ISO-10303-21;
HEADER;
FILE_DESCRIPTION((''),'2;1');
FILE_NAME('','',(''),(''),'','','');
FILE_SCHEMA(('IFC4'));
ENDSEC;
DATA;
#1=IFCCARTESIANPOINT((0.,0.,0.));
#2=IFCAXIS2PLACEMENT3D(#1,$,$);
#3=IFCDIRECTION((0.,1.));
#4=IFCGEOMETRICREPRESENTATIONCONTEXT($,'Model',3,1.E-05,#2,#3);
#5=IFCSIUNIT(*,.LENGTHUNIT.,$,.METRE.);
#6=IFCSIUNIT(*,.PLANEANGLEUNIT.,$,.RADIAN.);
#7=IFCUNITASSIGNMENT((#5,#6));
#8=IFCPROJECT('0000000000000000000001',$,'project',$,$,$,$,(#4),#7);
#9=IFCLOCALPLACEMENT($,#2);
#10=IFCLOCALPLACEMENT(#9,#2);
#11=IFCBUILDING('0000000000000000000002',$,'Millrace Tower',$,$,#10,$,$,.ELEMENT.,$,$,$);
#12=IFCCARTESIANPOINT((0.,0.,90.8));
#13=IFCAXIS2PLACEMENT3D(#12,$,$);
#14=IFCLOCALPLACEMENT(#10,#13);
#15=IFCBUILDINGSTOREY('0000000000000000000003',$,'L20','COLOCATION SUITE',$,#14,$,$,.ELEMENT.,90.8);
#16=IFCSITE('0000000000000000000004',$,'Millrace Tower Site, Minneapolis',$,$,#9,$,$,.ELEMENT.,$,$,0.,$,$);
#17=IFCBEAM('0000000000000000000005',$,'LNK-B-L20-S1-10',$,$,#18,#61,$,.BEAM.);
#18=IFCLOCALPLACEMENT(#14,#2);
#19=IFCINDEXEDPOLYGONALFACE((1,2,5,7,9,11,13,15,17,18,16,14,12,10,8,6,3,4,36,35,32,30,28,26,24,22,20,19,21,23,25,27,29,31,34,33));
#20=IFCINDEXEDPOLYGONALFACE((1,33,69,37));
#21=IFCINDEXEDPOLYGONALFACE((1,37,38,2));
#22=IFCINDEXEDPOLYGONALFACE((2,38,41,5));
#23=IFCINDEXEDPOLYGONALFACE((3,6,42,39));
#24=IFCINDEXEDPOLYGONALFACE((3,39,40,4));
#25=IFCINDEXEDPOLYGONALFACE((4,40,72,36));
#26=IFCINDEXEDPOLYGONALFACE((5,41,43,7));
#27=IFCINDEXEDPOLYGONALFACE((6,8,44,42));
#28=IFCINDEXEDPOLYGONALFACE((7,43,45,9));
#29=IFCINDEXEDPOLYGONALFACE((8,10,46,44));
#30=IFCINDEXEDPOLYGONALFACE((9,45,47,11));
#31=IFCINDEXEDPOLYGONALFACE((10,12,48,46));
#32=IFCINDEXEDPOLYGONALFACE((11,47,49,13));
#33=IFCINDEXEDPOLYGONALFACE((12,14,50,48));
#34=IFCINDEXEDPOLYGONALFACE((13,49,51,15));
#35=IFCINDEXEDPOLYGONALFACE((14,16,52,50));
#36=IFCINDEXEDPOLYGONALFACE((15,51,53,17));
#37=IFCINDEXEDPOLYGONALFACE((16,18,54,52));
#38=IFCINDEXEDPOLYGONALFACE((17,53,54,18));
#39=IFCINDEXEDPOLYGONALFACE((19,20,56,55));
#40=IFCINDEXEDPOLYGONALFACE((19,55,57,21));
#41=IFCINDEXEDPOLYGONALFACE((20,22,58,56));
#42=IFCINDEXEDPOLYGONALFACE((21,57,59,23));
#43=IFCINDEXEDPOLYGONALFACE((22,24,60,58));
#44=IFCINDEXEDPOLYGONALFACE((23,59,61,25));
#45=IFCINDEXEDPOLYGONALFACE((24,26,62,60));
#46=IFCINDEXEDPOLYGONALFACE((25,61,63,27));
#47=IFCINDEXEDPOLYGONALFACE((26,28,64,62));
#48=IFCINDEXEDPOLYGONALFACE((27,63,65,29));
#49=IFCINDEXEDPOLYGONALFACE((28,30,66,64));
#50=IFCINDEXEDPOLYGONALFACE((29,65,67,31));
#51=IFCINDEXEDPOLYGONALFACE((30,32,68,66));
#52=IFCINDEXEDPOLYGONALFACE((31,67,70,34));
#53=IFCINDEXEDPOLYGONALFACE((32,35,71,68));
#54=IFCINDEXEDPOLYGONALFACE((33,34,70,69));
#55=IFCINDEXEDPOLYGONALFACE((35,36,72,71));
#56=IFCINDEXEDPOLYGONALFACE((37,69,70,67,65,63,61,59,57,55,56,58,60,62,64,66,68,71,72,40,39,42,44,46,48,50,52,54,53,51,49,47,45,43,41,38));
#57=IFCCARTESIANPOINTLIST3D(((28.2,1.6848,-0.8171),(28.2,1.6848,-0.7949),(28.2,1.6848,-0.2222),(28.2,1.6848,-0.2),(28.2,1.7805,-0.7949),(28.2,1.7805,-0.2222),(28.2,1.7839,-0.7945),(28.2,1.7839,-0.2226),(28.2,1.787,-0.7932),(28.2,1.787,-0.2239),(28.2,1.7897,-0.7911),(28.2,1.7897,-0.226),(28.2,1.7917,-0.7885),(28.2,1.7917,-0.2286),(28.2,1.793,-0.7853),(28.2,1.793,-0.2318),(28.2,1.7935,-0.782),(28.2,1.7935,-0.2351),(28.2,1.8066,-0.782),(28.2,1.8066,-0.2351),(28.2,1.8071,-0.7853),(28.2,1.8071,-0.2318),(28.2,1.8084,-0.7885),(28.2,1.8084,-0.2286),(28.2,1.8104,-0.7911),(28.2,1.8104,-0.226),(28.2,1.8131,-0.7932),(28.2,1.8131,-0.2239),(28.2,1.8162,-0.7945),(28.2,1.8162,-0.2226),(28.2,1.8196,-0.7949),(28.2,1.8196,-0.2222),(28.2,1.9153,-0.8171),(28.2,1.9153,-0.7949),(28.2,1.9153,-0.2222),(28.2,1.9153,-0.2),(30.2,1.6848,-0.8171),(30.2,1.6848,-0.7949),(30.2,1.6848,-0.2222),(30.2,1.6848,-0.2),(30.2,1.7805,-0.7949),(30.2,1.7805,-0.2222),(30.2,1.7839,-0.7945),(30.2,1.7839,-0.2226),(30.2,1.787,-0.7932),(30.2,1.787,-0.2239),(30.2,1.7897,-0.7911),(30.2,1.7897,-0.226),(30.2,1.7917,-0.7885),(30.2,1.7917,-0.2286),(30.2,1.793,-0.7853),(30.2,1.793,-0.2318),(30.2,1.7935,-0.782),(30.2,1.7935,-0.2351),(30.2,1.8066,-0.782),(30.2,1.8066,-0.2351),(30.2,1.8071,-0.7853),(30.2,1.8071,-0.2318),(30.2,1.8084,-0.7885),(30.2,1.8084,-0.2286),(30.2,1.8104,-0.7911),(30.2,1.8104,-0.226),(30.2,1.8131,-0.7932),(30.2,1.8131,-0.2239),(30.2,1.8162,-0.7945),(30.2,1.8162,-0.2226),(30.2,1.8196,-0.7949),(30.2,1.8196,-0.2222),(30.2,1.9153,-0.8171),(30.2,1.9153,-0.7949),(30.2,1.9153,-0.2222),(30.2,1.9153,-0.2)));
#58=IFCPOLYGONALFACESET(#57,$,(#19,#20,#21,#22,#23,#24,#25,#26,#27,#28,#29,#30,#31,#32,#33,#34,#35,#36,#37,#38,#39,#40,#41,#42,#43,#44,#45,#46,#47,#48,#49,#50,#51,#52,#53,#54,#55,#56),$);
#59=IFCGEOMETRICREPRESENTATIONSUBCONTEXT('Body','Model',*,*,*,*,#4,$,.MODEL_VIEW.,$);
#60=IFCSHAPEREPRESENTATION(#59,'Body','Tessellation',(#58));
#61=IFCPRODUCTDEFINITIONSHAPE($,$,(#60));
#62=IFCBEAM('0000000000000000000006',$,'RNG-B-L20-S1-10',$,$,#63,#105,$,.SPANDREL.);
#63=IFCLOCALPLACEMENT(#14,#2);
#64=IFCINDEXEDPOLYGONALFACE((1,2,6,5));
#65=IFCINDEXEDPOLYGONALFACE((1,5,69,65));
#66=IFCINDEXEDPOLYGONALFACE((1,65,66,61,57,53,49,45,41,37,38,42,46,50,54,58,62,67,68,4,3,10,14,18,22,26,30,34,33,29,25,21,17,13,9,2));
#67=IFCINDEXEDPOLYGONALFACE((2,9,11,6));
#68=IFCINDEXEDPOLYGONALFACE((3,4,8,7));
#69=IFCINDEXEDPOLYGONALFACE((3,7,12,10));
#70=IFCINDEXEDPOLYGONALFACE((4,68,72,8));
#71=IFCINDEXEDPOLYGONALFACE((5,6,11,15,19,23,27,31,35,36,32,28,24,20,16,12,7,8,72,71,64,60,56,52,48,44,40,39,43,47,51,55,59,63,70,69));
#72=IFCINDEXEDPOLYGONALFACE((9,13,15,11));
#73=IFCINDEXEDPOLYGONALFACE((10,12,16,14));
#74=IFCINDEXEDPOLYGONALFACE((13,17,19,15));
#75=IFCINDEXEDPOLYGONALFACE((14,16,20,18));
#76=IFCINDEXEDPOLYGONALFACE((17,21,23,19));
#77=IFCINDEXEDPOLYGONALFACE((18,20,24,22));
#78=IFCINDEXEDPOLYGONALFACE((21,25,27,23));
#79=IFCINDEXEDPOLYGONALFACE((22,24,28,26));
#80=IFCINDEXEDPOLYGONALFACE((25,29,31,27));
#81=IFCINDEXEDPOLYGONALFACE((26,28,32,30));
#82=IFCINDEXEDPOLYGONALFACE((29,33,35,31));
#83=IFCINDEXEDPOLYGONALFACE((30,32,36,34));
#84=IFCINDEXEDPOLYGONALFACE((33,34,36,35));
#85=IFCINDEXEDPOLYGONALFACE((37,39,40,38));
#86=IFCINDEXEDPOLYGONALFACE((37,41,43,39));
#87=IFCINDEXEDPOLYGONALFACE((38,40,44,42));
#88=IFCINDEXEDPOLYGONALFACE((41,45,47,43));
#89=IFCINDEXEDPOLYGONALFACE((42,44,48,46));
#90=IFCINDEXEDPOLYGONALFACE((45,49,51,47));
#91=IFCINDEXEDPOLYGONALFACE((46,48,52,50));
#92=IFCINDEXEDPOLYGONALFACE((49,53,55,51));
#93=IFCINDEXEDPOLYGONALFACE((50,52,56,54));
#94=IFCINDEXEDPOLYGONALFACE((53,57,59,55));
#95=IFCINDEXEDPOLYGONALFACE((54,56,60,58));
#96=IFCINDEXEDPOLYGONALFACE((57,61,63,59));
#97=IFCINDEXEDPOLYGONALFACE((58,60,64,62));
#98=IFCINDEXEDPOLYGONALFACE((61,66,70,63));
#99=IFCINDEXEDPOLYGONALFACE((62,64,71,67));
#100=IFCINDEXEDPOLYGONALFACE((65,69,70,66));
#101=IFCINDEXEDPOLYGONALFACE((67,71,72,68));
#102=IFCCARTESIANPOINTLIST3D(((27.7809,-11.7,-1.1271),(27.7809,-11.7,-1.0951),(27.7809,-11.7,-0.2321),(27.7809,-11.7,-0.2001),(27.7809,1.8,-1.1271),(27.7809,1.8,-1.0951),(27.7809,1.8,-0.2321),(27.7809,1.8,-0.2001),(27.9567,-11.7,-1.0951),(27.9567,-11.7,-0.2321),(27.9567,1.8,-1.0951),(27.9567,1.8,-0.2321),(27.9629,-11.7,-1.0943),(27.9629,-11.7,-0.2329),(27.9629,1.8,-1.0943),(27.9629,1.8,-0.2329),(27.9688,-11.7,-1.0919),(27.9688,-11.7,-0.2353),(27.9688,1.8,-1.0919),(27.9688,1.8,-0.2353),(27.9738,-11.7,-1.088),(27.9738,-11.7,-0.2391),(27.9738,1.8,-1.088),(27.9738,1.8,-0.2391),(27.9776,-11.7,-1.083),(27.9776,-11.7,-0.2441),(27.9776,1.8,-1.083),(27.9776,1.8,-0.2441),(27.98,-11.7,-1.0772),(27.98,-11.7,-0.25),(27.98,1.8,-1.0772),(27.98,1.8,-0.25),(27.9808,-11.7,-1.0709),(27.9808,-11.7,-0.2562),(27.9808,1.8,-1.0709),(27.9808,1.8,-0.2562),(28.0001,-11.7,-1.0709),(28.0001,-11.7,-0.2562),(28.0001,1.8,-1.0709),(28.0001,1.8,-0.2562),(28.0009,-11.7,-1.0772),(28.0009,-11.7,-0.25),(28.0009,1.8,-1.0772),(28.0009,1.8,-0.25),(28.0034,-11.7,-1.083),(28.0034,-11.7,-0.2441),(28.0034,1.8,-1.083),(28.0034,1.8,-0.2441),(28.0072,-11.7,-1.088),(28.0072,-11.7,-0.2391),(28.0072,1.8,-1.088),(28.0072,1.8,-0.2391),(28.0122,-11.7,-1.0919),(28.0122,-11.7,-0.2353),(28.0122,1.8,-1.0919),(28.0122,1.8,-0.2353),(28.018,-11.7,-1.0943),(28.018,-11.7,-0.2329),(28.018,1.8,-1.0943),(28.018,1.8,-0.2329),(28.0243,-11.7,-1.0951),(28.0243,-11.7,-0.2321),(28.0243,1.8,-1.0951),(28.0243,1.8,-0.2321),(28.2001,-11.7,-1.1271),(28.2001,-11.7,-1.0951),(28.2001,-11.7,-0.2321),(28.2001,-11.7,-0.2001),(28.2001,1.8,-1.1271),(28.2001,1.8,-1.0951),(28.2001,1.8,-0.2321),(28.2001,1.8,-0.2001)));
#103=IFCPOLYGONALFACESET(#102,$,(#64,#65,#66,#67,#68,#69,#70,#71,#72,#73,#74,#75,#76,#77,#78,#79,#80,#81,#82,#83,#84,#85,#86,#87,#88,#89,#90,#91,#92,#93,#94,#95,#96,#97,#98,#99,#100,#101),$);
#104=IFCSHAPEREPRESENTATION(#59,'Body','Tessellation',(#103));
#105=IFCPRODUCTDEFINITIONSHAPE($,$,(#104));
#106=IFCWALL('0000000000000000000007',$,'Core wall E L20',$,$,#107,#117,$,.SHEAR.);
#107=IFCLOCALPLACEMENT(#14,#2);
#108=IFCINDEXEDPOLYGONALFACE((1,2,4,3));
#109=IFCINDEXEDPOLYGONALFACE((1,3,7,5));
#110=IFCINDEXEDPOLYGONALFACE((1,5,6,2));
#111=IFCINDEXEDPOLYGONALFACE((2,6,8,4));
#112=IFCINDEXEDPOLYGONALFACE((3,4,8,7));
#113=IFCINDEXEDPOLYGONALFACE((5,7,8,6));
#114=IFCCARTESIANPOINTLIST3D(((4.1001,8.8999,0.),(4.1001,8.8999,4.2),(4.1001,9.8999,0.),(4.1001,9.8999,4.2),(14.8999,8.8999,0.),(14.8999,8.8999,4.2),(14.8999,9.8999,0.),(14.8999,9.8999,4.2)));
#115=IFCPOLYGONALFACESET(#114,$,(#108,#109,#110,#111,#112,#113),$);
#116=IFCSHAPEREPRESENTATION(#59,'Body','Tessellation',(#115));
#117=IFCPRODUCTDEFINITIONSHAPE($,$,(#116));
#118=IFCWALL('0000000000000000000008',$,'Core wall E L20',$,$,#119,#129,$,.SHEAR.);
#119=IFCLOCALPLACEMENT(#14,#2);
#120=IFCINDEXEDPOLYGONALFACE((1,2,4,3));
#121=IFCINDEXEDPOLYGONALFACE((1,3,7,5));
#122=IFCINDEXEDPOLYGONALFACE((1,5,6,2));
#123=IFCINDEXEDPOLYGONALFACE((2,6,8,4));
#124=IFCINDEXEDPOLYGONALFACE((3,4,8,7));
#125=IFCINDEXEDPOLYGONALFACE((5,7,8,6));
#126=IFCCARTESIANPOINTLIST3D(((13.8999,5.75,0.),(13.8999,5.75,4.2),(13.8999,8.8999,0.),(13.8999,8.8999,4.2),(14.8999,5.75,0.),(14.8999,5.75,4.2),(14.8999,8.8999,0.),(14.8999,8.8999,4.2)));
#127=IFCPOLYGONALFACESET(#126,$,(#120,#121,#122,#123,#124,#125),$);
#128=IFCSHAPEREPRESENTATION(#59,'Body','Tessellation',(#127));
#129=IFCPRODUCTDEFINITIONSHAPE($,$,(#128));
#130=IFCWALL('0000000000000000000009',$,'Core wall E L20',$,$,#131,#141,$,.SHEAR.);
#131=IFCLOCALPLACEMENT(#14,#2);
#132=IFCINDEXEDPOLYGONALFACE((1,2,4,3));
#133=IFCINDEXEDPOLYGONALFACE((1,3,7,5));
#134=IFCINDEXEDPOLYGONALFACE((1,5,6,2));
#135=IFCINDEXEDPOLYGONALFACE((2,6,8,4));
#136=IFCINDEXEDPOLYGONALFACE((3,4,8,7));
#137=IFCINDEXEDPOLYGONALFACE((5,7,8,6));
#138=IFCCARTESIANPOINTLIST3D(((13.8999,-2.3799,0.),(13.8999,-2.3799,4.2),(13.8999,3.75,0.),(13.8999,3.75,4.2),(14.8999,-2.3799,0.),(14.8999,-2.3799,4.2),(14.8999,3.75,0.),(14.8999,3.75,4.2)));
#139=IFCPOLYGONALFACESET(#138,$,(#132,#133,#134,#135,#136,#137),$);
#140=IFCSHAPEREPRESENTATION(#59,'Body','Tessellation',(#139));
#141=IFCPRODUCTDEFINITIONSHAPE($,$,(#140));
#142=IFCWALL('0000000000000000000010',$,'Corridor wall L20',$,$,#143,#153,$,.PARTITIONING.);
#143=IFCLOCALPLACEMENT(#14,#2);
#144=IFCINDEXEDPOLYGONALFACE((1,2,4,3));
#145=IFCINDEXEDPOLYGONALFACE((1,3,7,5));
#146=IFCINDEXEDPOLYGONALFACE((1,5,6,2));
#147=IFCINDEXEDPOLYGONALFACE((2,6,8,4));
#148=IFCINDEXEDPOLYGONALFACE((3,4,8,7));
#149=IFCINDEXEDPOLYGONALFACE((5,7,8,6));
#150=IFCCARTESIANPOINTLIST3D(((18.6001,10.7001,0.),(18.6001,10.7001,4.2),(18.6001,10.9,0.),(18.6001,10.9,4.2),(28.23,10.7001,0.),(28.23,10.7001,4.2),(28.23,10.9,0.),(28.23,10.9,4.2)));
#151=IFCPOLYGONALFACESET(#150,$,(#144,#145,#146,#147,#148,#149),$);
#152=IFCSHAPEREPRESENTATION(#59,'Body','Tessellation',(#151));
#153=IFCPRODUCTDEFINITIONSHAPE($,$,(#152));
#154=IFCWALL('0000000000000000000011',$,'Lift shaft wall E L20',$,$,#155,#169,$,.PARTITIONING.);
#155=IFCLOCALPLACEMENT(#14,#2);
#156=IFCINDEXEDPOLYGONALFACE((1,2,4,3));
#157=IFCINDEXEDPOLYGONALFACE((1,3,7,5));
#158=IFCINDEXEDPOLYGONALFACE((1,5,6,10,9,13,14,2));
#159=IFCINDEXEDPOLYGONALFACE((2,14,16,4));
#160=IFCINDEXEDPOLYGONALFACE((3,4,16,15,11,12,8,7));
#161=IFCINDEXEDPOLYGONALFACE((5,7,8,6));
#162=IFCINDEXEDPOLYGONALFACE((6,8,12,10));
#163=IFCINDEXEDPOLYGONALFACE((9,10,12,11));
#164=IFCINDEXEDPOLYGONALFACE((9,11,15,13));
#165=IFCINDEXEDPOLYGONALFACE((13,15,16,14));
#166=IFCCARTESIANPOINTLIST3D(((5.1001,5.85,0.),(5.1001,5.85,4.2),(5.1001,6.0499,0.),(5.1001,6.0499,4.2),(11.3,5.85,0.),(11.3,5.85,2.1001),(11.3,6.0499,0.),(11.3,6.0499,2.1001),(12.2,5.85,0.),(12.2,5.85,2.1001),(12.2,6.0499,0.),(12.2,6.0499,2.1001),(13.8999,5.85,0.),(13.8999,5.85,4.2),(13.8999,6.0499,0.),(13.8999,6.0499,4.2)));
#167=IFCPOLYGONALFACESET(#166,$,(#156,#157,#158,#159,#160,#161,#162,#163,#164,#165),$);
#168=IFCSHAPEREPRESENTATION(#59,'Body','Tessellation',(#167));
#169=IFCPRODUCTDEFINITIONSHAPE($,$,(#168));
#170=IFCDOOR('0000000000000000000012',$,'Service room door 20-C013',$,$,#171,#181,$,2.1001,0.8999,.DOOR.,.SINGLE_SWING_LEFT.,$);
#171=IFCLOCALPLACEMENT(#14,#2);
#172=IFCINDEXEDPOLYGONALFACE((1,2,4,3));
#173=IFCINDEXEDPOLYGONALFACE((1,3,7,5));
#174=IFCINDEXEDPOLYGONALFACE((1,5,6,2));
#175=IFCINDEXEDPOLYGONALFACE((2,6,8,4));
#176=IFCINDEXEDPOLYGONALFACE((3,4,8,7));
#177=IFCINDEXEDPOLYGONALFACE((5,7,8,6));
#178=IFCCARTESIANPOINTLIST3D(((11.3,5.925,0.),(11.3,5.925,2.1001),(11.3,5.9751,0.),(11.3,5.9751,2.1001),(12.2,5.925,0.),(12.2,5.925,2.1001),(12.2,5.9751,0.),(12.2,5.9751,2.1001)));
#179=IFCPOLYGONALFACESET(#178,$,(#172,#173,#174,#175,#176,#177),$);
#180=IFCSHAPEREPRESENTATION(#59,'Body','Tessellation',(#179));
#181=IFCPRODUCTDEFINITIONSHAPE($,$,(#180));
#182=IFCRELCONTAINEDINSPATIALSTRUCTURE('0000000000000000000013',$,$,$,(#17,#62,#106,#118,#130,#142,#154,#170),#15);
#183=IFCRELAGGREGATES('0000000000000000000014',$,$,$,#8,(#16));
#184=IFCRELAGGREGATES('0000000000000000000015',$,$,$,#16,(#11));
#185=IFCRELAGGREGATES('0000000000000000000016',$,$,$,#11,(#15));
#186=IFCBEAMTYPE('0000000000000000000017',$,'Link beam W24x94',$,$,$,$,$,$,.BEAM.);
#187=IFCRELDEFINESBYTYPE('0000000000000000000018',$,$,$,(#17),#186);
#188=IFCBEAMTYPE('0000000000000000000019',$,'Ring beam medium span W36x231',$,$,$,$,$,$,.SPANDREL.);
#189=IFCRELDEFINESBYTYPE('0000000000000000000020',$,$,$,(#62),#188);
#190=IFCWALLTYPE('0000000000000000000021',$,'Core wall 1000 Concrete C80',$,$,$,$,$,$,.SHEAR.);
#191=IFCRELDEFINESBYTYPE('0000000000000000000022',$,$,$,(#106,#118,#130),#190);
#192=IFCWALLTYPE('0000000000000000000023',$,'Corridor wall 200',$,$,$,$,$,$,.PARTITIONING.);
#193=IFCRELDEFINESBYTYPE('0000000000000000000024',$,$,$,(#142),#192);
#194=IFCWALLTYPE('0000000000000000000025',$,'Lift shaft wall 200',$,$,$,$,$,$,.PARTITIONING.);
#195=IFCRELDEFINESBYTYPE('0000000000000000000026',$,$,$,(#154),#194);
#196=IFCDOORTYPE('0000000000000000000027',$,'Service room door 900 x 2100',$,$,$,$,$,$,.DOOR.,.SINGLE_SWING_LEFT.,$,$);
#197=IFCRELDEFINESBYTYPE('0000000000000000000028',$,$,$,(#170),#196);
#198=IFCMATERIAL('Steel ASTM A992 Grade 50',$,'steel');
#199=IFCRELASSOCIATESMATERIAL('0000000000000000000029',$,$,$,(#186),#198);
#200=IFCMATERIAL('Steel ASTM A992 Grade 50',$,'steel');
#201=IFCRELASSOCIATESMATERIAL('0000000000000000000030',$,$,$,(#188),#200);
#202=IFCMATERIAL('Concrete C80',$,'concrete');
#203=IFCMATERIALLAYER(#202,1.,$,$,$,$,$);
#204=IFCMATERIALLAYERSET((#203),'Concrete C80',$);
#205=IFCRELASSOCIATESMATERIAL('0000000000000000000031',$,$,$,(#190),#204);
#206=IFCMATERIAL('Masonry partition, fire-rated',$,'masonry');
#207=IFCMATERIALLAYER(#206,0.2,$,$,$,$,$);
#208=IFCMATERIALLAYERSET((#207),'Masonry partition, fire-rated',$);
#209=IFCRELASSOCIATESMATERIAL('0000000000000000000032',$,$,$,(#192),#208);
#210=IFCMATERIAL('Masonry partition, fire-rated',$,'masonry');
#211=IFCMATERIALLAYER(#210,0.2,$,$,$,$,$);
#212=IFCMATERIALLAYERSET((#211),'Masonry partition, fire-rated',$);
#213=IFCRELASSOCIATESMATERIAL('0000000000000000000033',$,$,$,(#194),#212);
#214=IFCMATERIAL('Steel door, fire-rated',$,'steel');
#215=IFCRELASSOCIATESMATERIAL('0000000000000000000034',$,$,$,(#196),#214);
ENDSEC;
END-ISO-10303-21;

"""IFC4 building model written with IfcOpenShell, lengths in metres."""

from ifc_helpers import new_model, si_unit, direction, frame, frame_2d, origin, origin_2d, place, context, subcontext, project, spatial, rectangle, i_section, extrude, material, layer, layer_set, material_profile, profile_set, type_object, element, fill, save


model = new_model("IFC4")

# Units and contexts
model_context = context("Model", 3, precision=1e-05, world=origin(), true_north=direction((0.0, 1.0)))
body_context = subcontext(model_context, "Body", "Model", "MODEL_VIEW")
ifc_project = project(units=[si_unit("LENGTHUNIT", "METRE"), si_unit("PLANEANGLEUNIT", "RADIAN")], contexts=[model_context])

# Site, building, storey
site_placement = place(None, origin())
site = spatial("IfcSite", under=ifc_project, at=site_placement, Name="Millrace Tower Site, Minneapolis", CompositionType="ELEMENT", RefElevation=0.0)
building_placement = place(site_placement, origin())
building = spatial("IfcBuilding", under=site, at=building_placement, Name="Millrace Tower", CompositionType="ELEMENT")
storey_placement = place(building_placement, frame((0.0, 0.0, 90.8)))
storey = spatial("IfcBuildingStorey", under=building, at=storey_placement, Name="L20", Description="COLOCATION SUITE", CompositionType="ELEMENT", Elevation=90.8)

# Beams
ifc_material_1 = material(Name="Steel ASTM A992 Grade 50", Category="steel")
ifc_material_profile_1 = material_profile(ifc_material_1, i_section(OverallWidth=0.2305, OverallDepth=0.6172, WebThickness=0.0132, FlangeThickness=0.0222, FilletRadius=0.0129, at=origin_2d()))
ifc_profile_set_1 = profile_set([ifc_material_profile_1], Name="Steel ASTM A992 Grade 50")
beam_type_1 = type_object("IfcBeamType", Name="Link beam W24x94", PredefinedType="BEAM", material=ifc_profile_set_1)
beam_1_placement = place(storey_placement, frame((28.2, 1.8, -0.5085), z_axis=(1.0, 0.0, 0.0), x_axis=(0.0, 1.0, 0.0)))
element("IfcBeam", 1, at=beam_1_placement, inside=storey, type_object=beam_type_1, Name="LNK-B-L20-S1-10", PredefinedType="BEAM", context=body_context, shape_type="SweptSolid", body=[
    extrude(i_section(OverallWidth=0.2305, OverallDepth=0.6172, WebThickness=0.0132, FlangeThickness=0.0222, FilletRadius=0.0129, at=origin_2d()), origin(), (0.0, 0.0, 1.0), 2.0),
])
ifc_material_2 = material(Name="Steel ASTM A992 Grade 50", Category="steel")
ifc_material_profile_2 = material_profile(ifc_material_2, i_section(OverallWidth=0.4192, OverallDepth=0.927, WebThickness=0.0193, FlangeThickness=0.032, FilletRadius=0.0242, at=origin_2d()))
ifc_profile_set_2 = profile_set([ifc_material_profile_2], Name="Steel ASTM A992 Grade 50")
beam_type_2 = type_object("IfcBeamType", Name="Ring beam medium span W36x231", PredefinedType="SPANDREL", material=ifc_profile_set_2)
beam_2_placement = place(storey_placement, frame((27.9905, 1.8, -0.6636), z_axis=(0.0, -1.0, 0.0), x_axis=(1.0, 0.0, 0.0)))
element("IfcBeam", 2, at=beam_2_placement, inside=storey, type_object=beam_type_2, Name="RNG-B-L20-S1-10", PredefinedType="SPANDREL", context=body_context, shape_type="SweptSolid", body=[
    extrude(i_section(OverallWidth=0.4192, OverallDepth=0.927, WebThickness=0.0193, FlangeThickness=0.032, FilletRadius=0.0242, at=origin_2d()), origin(), (0.0, 0.0, 1.0), 13.5),
])

# Walls
ifc_material_3 = material(Name="Concrete C80", Category="concrete")
ifc_layer_1 = layer(ifc_material_3, 1.0)
ifc_layer_set_1 = layer_set([ifc_layer_1], Name="Concrete C80")
wall_type_1 = type_object("IfcWallType", Name="Core wall 1000 Concrete C80", PredefinedType="SHEAR", material=ifc_layer_set_1)
wall_1_placement = place(storey_placement, frame((14.8999, 9.3999, 0.0), z_axis=(0.0, 0.0, 1.0), x_axis=(-1.0, 0.0, 0.0)))
element("IfcWall", 3, at=wall_1_placement, inside=storey, type_object=wall_type_1, Name="Core wall E L20", PredefinedType="SHEAR", context=body_context, shape_type="SweptSolid", body=[
    extrude(rectangle(XDim=10.7998, YDim=1.0, at=frame_2d((5.3999, 0.0))), origin(), (0.0, 0.0, 1.0), 4.2),
])
wall_2_placement = place(storey_placement, frame((14.3999, 8.8999, 0.0), z_axis=(0.0, 0.0, 1.0), x_axis=(0.0, -1.0, 0.0)))
element("IfcWall", 4, at=wall_2_placement, inside=storey, type_object=wall_type_1, Name="Core wall E L20", PredefinedType="SHEAR", context=body_context, shape_type="SweptSolid", body=[
    extrude(rectangle(XDim=3.1499, YDim=1.0, at=frame_2d((1.575, 0.0))), origin(), (0.0, 0.0, 1.0), 4.2),
])
wall_3_placement = place(storey_placement, frame((14.3999, 3.75, 0.0), z_axis=(0.0, 0.0, 1.0), x_axis=(0.0, -1.0, 0.0)))
element("IfcWall", 5, at=wall_3_placement, inside=storey, type_object=wall_type_1, Name="Core wall E L20", PredefinedType="SHEAR", context=body_context, shape_type="SweptSolid", body=[
    extrude(rectangle(XDim=6.1299, YDim=1.0, at=frame_2d((3.0649, 0.0))), origin(), (0.0, 0.0, 1.0), 4.2),
])
ifc_material_4 = material(Name="Masonry partition, fire-rated", Category="masonry")
ifc_layer_2 = layer(ifc_material_4, 0.2)
ifc_layer_set_2 = layer_set([ifc_layer_2], Name="Masonry partition, fire-rated")
wall_type_2 = type_object("IfcWallType", Name="Corridor wall 200", PredefinedType="PARTITIONING", material=ifc_layer_set_2)
wall_4_placement = place(storey_placement, frame((18.6001, 10.8, 0.0), z_axis=(0.0, 0.0, 1.0), x_axis=(1.0, 0.0, 0.0)))
element("IfcWall", 6, at=wall_4_placement, inside=storey, type_object=wall_type_2, Name="Corridor wall L20", PredefinedType="PARTITIONING", context=body_context, shape_type="SweptSolid", body=[
    extrude(rectangle(XDim=9.6299, YDim=0.2, at=frame_2d((4.8149, 0.0))), origin(), (0.0, 0.0, 1.0), 4.2),
])

# Wall, opening, door
ifc_material_5 = material(Name="Masonry partition, fire-rated", Category="masonry")
ifc_layer_3 = layer(ifc_material_5, 0.2)
ifc_layer_set_3 = layer_set([ifc_layer_3], Name="Masonry partition, fire-rated")
wall_type_3 = type_object("IfcWallType", Name="Lift shaft wall 200", PredefinedType="PARTITIONING", material=ifc_layer_set_3)
wall_5_placement = place(storey_placement, frame((13.8999, 5.95, 0.0), z_axis=(0.0, 0.0, 1.0), x_axis=(-1.0, 0.0, 0.0)))
wall_5 = element("IfcWall", 7, at=wall_5_placement, inside=storey, type_object=wall_type_3, Name="Lift shaft wall E L20", PredefinedType="PARTITIONING", context=body_context, shape_type="SweptSolid", body=[
    extrude(rectangle(XDim=8.7998, YDim=0.2, at=frame_2d((4.3999, 0.0))), origin(), (0.0, 0.0, 1.0), 4.2),
])
opening_1_placement = place(wall_5_placement, frame((1.7, 0.0, 0.0)))
opening_1 = element("IfcOpeningElement", 8, at=opening_1_placement, cuts=wall_5, PredefinedType="OPENING", context=body_context, shape_type="SweptSolid", body=[
    extrude(rectangle(XDim=0.8999, YDim=2.1001, at=frame_2d((0.45, 1.05))), frame((0.0, 0.1099, 0.0), z_axis=(0.0, -1.0, 0.0), x_axis=(1.0, 0.0, 0.0)), (0.0, 0.0, 1.0), 0.22),
])
ifc_material_6 = material(Name="Steel door, fire-rated", Category="steel")
door_type_1 = type_object("IfcDoorType", Name="Service room door 900 x 2100", OperationType="SINGLE_SWING_LEFT", PredefinedType="DOOR", material=ifc_material_6)
door_1_placement = place(opening_1_placement, origin())
door_1 = element("IfcDoor", 9, at=door_1_placement, inside=storey, type_object=door_type_1, Name="Service room door 20-C013", OperationType="SINGLE_SWING_LEFT", OverallHeight=2.1001, OverallWidth=0.8999, PredefinedType="DOOR", context=body_context, shape_type="SweptSolid", body=[
    extrude(rectangle(XDim=0.8999, YDim=2.1001, at=frame_2d((0.45, 1.05))), frame((0.0, 0.0249, 0.0), z_axis=(0.0, -1.0, 0.0), x_axis=(1.0, 0.0, 0.0)), (0.0, 0.0, 1.0), 0.05),
])
fill(opening_1, door_1)

save(model, "model.ifc")
